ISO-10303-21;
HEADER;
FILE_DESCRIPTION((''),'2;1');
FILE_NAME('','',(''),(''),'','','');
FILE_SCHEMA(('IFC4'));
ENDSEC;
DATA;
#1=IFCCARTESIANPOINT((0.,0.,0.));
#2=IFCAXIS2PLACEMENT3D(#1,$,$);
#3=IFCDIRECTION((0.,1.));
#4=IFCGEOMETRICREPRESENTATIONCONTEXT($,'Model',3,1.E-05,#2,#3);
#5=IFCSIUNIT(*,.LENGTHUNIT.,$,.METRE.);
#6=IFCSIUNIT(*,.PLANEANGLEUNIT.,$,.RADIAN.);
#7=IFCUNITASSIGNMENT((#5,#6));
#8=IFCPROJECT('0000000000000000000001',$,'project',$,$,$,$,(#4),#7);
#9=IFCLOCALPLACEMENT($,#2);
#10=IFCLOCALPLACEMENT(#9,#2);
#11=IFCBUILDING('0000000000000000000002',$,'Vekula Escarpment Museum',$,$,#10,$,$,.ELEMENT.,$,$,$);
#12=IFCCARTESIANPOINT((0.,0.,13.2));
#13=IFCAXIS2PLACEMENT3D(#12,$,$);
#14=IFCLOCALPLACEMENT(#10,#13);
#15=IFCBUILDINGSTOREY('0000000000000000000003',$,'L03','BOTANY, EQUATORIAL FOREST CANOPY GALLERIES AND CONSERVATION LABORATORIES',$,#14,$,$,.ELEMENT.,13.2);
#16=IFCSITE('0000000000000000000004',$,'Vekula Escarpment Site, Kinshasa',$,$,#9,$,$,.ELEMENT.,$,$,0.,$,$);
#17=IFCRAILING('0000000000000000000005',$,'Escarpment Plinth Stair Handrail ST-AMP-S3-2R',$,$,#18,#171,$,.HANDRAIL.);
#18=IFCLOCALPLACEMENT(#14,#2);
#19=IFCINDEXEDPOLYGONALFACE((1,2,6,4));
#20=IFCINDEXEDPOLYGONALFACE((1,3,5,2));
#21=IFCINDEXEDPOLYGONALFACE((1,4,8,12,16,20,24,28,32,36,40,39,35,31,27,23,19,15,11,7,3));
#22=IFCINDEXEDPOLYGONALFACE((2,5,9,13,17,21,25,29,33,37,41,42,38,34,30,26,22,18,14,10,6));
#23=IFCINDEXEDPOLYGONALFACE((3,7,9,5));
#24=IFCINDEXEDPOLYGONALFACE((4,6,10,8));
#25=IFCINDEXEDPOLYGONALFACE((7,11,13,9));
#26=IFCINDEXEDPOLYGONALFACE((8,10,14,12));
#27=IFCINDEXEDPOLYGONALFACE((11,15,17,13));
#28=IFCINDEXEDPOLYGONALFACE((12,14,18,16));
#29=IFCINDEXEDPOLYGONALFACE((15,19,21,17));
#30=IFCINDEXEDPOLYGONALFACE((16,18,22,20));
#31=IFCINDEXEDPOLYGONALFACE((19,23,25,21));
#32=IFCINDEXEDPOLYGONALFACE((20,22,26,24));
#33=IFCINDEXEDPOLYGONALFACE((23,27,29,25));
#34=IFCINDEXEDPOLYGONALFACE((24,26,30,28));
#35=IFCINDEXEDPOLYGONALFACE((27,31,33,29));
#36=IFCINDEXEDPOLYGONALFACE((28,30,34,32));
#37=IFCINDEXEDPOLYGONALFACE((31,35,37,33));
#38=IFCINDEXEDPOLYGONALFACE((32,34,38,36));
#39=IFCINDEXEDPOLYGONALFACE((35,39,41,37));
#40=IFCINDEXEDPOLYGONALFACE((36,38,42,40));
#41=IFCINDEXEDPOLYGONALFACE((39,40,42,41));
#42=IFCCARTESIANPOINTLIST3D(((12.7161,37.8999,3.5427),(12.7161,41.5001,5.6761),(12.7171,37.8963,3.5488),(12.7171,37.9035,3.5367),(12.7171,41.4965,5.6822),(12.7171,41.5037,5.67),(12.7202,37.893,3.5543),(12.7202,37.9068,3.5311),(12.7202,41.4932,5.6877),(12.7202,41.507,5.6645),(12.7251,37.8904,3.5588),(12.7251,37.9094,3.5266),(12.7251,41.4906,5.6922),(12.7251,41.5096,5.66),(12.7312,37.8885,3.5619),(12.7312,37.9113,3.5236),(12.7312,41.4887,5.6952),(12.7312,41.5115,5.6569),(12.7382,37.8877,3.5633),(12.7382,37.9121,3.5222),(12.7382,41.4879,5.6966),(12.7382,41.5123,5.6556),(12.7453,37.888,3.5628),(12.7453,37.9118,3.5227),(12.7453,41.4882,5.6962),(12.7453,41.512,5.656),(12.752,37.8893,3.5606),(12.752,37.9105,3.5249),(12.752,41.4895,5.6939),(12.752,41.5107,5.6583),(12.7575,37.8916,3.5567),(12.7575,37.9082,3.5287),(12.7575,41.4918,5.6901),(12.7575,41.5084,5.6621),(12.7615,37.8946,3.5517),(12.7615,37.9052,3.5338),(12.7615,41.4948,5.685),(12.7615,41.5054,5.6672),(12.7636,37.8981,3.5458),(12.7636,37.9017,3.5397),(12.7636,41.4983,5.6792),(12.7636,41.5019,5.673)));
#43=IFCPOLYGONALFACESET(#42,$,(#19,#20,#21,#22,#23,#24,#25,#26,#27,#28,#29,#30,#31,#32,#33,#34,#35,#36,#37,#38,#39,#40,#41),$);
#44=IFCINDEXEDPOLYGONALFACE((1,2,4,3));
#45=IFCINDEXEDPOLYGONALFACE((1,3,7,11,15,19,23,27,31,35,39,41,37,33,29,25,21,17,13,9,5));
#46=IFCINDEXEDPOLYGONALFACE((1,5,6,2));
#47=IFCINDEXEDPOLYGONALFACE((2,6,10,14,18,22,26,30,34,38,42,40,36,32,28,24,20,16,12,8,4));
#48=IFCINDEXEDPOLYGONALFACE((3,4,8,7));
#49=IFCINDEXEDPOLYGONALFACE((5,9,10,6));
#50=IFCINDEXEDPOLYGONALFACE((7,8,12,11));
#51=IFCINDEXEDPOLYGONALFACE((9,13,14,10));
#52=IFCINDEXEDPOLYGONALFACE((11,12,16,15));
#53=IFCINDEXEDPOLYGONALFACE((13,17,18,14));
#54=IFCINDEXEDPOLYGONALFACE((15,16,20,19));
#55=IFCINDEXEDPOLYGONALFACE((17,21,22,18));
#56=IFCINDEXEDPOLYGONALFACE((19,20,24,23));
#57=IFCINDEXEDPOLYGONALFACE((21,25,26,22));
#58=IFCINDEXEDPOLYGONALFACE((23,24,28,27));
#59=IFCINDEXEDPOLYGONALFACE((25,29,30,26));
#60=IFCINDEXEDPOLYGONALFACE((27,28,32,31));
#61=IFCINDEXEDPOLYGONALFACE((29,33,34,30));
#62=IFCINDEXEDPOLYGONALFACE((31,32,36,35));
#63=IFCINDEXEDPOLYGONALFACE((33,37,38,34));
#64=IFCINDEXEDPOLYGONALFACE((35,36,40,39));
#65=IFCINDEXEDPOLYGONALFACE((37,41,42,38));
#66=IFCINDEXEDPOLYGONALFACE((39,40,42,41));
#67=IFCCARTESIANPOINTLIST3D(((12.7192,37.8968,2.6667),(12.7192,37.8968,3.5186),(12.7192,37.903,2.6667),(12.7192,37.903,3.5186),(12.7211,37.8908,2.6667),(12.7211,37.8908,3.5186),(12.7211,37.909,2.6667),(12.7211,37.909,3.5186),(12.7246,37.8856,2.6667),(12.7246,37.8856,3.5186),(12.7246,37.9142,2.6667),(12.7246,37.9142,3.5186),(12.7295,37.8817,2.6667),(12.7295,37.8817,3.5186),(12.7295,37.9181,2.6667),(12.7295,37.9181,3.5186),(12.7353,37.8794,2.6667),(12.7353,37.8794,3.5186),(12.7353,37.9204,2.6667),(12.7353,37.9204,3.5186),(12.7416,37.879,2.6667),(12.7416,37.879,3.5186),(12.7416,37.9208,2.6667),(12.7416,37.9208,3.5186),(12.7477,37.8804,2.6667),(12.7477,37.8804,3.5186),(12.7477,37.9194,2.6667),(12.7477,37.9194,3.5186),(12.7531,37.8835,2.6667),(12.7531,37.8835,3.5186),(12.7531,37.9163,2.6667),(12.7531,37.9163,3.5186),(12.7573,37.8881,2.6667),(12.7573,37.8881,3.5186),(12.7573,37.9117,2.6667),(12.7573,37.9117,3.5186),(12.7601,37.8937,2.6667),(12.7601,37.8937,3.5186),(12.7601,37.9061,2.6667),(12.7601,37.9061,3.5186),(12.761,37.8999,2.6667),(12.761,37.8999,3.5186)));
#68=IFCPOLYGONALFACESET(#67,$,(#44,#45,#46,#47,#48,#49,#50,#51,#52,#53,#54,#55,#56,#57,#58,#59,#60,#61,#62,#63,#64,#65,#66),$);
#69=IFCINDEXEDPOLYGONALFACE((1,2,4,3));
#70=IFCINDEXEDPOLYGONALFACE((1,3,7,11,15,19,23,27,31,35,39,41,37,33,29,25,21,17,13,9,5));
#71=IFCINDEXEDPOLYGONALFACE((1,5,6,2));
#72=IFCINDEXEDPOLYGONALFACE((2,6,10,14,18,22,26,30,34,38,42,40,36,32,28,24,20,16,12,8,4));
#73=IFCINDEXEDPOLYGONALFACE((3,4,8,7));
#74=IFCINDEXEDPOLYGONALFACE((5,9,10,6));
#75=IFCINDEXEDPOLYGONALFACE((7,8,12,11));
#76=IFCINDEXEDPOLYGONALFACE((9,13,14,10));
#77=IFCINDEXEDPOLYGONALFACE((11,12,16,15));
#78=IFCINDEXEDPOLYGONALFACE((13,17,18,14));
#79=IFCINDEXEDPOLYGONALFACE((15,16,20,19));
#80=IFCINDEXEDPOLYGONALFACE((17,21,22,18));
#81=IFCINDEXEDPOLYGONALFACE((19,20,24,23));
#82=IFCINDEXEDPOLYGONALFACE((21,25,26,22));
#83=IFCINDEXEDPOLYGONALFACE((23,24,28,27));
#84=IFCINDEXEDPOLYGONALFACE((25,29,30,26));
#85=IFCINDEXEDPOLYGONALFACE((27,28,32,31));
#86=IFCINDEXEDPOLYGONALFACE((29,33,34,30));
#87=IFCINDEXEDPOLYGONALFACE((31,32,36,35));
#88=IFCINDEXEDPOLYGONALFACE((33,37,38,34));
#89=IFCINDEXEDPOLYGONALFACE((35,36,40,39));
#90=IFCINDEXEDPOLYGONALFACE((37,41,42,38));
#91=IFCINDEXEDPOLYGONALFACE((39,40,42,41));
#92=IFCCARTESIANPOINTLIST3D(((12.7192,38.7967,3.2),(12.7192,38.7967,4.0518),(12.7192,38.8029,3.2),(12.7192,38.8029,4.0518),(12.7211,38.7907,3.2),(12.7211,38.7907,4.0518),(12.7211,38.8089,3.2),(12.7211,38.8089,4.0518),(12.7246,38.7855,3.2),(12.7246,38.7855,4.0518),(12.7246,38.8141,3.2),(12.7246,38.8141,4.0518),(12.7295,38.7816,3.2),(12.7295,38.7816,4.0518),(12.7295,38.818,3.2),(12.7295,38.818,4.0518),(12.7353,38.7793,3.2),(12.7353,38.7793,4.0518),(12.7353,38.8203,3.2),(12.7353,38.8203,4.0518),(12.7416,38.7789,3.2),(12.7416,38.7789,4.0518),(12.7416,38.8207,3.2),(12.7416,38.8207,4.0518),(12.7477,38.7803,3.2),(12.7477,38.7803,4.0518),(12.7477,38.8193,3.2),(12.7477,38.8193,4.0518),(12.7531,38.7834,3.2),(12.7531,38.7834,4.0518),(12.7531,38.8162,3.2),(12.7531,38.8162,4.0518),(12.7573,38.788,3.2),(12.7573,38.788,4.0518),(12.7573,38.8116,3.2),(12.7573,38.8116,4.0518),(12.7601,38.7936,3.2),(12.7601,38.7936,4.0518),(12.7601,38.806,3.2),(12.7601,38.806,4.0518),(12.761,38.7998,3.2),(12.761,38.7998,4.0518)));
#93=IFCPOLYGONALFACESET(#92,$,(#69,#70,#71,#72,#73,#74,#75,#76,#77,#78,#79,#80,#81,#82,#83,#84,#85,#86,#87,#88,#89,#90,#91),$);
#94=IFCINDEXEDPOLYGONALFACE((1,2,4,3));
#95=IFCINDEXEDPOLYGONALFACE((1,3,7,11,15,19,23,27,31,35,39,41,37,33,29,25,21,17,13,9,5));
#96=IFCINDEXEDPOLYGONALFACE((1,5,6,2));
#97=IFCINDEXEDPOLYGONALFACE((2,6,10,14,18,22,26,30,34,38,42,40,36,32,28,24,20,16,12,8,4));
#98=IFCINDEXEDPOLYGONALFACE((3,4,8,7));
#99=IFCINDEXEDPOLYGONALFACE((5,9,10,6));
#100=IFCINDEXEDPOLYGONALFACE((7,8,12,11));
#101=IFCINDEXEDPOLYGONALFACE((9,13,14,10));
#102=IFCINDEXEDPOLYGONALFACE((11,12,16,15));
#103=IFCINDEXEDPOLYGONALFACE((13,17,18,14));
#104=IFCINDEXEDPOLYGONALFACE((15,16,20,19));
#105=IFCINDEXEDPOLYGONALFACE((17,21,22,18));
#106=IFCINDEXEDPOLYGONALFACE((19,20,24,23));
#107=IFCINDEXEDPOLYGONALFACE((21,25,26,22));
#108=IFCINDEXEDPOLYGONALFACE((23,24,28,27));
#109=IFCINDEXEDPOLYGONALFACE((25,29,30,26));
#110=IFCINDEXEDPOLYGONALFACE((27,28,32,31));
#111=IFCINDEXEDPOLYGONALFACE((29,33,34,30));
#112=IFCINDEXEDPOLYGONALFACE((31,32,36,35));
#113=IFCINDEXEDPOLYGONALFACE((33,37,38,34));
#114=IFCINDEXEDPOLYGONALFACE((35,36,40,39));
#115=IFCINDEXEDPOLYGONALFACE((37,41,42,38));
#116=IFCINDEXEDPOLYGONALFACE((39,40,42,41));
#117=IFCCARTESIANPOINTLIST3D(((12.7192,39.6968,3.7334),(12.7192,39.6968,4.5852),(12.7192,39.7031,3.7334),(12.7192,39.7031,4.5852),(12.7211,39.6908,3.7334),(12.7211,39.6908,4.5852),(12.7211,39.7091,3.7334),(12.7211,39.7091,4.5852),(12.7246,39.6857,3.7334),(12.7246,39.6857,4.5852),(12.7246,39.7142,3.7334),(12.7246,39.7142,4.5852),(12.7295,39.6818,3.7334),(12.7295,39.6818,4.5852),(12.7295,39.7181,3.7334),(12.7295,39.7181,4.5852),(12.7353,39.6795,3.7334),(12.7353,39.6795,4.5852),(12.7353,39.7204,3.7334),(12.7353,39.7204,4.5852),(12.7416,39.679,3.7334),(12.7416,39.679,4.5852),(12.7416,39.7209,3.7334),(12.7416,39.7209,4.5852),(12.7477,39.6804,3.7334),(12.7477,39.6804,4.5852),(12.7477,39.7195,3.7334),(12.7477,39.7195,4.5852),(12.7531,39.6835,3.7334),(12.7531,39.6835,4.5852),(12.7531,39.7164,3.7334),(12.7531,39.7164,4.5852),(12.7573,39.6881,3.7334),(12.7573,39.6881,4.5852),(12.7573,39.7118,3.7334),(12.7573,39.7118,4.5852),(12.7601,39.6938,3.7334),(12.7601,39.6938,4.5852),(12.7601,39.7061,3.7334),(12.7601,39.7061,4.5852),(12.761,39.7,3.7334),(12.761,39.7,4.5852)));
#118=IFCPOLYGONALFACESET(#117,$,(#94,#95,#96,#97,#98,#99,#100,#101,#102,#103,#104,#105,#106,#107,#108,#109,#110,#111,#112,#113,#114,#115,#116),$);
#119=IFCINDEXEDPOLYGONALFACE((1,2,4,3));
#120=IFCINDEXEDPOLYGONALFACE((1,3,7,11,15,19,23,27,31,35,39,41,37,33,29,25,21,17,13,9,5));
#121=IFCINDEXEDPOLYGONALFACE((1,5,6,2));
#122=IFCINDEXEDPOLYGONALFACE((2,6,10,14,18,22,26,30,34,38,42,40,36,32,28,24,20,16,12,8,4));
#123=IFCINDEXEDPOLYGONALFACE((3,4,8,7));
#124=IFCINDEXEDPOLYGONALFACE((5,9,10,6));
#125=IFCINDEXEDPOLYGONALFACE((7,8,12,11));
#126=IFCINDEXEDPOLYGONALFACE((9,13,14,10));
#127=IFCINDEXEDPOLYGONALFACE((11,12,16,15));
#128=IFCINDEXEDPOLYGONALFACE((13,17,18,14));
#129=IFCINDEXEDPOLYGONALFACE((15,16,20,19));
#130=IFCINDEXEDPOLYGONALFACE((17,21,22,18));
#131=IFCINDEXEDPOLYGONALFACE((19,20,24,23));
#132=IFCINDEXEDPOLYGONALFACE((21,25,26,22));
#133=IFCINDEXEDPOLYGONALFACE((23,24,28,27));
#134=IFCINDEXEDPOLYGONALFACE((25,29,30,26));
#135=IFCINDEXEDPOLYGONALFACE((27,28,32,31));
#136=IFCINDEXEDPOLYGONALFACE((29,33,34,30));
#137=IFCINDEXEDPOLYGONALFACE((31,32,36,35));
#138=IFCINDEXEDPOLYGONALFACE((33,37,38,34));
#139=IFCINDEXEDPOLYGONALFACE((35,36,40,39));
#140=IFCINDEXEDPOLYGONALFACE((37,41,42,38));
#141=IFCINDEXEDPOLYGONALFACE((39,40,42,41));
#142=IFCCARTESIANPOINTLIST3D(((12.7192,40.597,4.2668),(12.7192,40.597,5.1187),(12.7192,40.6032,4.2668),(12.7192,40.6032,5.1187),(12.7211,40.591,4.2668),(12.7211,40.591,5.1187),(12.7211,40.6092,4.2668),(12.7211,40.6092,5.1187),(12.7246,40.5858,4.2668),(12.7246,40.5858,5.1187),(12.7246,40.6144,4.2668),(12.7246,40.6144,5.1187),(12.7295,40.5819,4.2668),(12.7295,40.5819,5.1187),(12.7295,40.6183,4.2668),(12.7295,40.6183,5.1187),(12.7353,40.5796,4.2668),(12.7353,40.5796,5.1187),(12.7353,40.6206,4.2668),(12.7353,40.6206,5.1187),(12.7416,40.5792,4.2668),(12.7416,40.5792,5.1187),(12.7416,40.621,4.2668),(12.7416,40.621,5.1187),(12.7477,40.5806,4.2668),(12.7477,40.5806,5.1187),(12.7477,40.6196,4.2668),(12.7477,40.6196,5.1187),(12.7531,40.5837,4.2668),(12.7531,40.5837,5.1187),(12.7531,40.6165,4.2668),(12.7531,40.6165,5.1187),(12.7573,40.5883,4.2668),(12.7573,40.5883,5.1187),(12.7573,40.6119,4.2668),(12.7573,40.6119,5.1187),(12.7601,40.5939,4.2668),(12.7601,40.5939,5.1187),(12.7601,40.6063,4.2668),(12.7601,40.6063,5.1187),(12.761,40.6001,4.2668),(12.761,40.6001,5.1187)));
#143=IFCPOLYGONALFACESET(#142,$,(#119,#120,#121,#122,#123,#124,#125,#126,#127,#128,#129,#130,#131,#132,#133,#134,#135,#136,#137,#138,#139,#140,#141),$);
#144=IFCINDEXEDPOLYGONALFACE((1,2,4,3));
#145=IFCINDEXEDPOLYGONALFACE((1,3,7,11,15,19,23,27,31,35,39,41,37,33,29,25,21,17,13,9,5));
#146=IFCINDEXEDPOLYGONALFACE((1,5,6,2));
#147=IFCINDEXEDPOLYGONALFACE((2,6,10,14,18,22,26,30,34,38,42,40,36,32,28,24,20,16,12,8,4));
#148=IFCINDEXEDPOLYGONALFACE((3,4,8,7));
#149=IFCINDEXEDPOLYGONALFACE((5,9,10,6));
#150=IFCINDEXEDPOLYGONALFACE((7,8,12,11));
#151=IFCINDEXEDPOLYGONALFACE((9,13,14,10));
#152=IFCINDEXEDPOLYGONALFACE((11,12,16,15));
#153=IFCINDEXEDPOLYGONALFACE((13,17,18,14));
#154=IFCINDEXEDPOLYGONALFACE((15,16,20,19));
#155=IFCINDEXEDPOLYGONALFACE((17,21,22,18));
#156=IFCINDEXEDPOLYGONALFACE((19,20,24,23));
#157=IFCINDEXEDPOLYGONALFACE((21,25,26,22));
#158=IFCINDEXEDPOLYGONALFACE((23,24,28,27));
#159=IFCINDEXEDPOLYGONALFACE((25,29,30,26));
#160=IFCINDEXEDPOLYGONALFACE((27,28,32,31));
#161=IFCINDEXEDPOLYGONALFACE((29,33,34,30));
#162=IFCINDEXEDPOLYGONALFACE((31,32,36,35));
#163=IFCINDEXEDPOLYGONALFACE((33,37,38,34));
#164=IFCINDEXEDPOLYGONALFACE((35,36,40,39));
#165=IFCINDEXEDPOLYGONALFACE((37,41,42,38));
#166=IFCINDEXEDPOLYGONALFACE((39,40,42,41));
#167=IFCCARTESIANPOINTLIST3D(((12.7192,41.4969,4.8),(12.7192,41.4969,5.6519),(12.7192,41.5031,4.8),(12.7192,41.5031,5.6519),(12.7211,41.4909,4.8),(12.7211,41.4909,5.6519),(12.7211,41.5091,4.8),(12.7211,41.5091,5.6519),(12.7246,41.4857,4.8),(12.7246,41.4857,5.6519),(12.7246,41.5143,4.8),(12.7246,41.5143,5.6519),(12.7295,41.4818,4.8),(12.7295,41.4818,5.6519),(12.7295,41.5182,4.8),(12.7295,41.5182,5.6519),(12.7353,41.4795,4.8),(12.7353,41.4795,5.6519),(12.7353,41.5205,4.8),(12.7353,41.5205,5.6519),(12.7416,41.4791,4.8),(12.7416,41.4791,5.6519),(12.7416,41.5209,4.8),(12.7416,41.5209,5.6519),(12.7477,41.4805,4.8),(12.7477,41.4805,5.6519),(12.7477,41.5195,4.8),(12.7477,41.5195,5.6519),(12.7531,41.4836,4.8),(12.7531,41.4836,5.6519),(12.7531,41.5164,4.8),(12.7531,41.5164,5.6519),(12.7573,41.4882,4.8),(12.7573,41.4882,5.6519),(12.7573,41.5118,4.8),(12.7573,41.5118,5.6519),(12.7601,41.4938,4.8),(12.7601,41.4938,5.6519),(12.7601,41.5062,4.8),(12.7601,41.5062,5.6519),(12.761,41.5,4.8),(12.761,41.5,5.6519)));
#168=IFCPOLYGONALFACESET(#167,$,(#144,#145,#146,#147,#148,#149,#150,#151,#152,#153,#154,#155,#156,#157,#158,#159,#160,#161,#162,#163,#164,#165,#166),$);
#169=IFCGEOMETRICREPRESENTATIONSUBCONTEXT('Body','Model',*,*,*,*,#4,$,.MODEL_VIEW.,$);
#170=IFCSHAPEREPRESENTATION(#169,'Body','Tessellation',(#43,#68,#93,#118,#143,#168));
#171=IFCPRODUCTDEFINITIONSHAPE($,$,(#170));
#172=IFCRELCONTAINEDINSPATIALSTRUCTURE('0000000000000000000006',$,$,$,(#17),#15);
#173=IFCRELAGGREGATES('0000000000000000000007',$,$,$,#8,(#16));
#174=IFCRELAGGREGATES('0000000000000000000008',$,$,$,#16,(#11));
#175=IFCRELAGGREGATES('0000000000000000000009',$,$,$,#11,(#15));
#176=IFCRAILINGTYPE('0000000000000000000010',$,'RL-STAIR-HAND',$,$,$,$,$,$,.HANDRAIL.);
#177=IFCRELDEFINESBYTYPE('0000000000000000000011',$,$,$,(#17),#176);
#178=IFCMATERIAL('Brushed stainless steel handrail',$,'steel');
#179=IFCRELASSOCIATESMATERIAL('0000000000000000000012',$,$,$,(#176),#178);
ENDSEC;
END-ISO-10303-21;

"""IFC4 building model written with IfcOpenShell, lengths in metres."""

from ifc_helpers import new_model, si_unit, direction, frame, origin, origin_2d, place, context, subcontext, project, spatial, circle, extrude, material, type_object, element, save


model = new_model("IFC4")

# Units and contexts
model_context = context("Model", 3, precision=1e-05, world=origin(), true_north=direction((0.0, 1.0)))
body_context = subcontext(model_context, "Body", "Model", "MODEL_VIEW")
ifc_project = project(units=[si_unit("LENGTHUNIT", "METRE"), si_unit("PLANEANGLEUNIT", "RADIAN")], contexts=[model_context])

# Site, building, storey
site_placement = place(None, origin())
site = spatial("IfcSite", under=ifc_project, at=site_placement, Name="Vekula Escarpment Site, Kinshasa", CompositionType="ELEMENT", RefElevation=0.0)
building_placement = place(site_placement, origin())
building = spatial("IfcBuilding", under=site, at=building_placement, Name="Vekula Escarpment Museum", CompositionType="ELEMENT")
storey_placement = place(building_placement, frame((0.0, 0.0, 13.2)))
storey = spatial("IfcBuildingStorey", under=building, at=storey_placement, Name="L03", Description="BOTANY, EQUATORIAL FOREST CANOPY GALLERIES AND CONSERVATION LABORATORIES", CompositionType="ELEMENT", Elevation=13.2)

# Railing
ifc_material_1 = material(Name="Brushed stainless steel handrail", Category="steel")
railing_type_1 = type_object("IfcRailingType", Name="RL-STAIR-HAND", PredefinedType="HANDRAIL", material=ifc_material_1)
for number, where, name in (
    (1, (12.74, 37.8999, 2.6667), "Escarpment Plinth Stair Handrail ST-AMP-S3-2R"),
):
    element("IfcRailing", number, at=place(storey_placement, frame(where)), inside=storey, type_object=railing_type_1, Name=name, PredefinedType="HANDRAIL", context=body_context, shape_type="SweptSolid", body=[
        extrude(circle(Radius=0.0239, at=origin_2d()), frame((0.0, 0.0, 0.876), z_axis=(0.0, 0.860301, 0.509786), x_axis=(-1.0, 0.0, 0.0)), (0.0, 0.0, 1.0), 4.1848),
        extrude(circle(Radius=0.021, at=origin_2d()), origin(), (0.0, 0.0, 1.0), 0.8518),
        extrude(circle(Radius=0.021, at=origin_2d()), frame((0.0, 0.8999, 0.5332)), (0.0, 0.0, 1.0), 0.8518),
        extrude(circle(Radius=0.021, at=origin_2d()), frame((0.0, 1.8, 1.0667)), (0.0, 0.0, 1.0), 0.8518),
        extrude(circle(Radius=0.021, at=origin_2d()), frame((0.0, 2.7002, 1.6001)), (0.0, 0.0, 1.0), 0.8518),
        extrude(circle(Radius=0.021, at=origin_2d()), frame((0.0, 3.6001, 2.1333)), (0.0, 0.0, 1.0), 0.8518),
    ])

save(model, "model.ifc")
